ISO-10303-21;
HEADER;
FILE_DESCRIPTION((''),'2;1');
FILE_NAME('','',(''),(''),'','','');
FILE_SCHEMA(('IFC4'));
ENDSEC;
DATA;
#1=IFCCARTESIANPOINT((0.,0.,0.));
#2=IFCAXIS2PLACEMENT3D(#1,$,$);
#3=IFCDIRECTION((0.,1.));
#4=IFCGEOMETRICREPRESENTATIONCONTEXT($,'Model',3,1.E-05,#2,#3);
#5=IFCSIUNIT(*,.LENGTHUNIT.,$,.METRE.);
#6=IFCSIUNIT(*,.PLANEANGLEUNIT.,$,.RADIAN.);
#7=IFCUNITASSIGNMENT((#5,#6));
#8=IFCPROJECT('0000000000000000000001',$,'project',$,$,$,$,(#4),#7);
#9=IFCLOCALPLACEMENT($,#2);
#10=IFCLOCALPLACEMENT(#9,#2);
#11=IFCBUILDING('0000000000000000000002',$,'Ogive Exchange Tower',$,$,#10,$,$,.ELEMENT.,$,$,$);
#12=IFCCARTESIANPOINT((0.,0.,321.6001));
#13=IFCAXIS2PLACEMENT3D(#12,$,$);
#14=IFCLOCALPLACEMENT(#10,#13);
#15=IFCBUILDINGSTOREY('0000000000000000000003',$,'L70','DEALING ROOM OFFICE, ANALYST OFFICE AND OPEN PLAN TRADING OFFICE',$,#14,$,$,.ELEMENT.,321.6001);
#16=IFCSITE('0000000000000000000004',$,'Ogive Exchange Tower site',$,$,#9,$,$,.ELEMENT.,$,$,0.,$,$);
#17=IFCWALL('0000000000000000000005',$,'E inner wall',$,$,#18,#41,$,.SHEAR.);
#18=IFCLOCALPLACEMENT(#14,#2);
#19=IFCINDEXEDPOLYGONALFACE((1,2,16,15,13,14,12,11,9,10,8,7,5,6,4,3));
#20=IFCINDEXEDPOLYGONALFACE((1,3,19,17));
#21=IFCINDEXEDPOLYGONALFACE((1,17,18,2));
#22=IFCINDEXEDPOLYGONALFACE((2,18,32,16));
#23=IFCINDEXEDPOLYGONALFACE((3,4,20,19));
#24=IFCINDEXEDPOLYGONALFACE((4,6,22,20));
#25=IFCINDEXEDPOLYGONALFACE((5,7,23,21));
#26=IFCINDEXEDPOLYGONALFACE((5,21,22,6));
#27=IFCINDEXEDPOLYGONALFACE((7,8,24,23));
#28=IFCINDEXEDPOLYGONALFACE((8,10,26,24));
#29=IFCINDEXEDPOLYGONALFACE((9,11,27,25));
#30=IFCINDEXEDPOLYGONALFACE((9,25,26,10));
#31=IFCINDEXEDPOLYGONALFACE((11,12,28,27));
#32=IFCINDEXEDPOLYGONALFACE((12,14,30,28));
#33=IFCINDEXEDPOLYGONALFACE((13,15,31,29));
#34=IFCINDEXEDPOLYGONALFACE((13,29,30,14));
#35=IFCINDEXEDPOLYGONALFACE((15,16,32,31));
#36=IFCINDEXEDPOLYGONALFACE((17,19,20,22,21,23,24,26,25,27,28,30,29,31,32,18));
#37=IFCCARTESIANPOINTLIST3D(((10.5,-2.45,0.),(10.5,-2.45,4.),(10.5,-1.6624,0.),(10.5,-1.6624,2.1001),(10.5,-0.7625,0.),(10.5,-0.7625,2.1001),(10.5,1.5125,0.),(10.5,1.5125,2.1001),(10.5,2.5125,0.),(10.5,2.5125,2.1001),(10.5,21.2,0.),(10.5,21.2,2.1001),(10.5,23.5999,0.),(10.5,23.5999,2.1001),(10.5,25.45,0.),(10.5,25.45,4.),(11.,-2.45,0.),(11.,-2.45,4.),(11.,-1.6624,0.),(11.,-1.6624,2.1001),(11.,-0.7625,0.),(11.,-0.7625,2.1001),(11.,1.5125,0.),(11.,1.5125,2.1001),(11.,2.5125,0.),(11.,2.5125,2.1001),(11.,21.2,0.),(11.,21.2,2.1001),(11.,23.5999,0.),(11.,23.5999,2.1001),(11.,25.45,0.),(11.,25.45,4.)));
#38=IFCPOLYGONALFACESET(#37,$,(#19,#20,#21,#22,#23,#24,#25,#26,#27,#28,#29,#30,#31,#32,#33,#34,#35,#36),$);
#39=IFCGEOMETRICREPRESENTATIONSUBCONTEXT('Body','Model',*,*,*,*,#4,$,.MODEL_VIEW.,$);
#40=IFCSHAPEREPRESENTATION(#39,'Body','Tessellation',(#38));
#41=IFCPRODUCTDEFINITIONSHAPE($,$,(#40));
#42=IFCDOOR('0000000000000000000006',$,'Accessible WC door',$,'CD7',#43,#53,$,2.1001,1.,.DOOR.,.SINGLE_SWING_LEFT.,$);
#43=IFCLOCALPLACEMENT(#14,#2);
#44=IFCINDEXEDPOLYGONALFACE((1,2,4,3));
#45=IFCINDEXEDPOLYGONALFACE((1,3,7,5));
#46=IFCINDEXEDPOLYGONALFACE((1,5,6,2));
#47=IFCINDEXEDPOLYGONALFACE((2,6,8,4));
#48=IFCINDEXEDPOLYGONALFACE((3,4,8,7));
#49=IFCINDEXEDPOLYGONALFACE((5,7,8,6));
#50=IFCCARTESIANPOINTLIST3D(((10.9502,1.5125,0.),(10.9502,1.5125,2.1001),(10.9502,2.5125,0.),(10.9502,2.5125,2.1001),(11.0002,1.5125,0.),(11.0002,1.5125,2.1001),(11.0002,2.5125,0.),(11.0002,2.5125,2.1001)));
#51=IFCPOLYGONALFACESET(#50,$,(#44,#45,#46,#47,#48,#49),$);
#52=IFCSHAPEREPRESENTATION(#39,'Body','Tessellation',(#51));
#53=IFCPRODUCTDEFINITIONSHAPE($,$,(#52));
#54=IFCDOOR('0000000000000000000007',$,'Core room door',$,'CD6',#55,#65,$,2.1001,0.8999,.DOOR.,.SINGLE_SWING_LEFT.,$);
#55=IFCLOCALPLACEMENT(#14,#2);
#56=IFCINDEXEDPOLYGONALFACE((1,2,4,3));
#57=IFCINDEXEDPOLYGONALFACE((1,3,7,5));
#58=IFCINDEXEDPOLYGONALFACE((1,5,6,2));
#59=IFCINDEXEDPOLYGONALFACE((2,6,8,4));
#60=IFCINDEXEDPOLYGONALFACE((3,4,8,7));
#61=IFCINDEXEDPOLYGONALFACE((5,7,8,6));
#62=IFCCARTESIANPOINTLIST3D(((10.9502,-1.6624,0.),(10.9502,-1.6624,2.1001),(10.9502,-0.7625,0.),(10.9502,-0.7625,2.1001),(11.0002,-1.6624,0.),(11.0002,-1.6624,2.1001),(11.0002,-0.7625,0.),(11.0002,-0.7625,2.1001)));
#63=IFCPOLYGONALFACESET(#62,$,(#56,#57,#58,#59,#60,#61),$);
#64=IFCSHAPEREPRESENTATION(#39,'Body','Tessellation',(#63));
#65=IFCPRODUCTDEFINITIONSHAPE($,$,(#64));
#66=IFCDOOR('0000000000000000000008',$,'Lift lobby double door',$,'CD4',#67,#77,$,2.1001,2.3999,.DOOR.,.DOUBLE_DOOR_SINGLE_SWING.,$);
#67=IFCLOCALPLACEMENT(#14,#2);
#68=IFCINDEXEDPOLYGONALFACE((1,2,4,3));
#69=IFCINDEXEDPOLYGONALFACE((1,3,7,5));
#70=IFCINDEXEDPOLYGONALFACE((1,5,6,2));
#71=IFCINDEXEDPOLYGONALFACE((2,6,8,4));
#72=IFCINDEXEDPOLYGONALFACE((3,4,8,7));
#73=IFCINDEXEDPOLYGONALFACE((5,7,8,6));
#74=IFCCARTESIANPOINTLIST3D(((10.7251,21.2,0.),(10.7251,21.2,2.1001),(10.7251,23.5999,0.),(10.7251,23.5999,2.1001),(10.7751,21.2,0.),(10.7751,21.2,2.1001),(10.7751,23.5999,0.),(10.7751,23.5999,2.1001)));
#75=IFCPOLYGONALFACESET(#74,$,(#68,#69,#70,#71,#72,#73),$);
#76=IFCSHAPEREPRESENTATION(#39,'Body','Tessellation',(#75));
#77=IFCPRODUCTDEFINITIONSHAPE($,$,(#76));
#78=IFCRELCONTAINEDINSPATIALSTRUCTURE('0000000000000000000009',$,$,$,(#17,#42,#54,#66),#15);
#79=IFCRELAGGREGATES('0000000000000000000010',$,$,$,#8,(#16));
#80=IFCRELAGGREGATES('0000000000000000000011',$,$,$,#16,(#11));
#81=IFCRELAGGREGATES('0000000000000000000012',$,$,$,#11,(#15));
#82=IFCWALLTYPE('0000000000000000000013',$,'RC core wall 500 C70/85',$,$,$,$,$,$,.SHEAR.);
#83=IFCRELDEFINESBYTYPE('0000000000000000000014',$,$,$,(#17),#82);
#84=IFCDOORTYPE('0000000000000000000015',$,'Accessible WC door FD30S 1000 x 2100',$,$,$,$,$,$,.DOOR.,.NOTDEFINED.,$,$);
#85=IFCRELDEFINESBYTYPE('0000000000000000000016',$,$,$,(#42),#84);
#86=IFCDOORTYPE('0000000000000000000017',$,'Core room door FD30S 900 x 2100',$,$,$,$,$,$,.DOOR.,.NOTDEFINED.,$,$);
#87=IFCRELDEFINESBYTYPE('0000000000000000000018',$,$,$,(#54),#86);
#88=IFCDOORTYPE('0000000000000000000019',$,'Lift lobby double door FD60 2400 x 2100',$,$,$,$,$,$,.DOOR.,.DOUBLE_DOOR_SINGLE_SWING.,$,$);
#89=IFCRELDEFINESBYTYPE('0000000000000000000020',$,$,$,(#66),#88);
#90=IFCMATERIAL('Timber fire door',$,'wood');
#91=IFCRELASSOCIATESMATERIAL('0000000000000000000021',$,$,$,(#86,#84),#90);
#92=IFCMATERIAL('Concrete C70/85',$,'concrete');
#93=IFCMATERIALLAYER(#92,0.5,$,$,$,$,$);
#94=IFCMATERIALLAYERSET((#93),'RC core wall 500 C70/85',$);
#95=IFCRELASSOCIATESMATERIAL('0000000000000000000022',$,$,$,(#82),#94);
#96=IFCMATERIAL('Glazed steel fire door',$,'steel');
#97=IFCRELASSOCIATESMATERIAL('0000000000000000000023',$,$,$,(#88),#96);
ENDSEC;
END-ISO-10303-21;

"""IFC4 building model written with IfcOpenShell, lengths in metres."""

from ifc_helpers import new_model, si_unit, direction, frame, frame_2d, origin, place, context, subcontext, project, spatial, rectangle, extrude, material, layer, layer_set, type_object, element, fill, save


model = new_model("IFC4")

# Units and contexts
model_context = context("Model", 3, precision=1e-05, world=origin(), true_north=direction((0.0, 1.0)))
body_context = subcontext(model_context, "Body", "Model", "MODEL_VIEW")
ifc_project = project(units=[si_unit("LENGTHUNIT", "METRE"), si_unit("PLANEANGLEUNIT", "RADIAN")], contexts=[model_context])

# Site, building, storey
site_placement = place(None, origin())
site = spatial("IfcSite", under=ifc_project, at=site_placement, Name="Ogive Exchange Tower site", CompositionType="ELEMENT", RefElevation=0.0)
building_placement = place(site_placement, origin())
building = spatial("IfcBuilding", under=site, at=building_placement, Name="Ogive Exchange Tower", CompositionType="ELEMENT")
storey_placement = place(building_placement, frame((0.0, 0.0, 321.6001)))
storey = spatial("IfcBuildingStorey", under=building, at=storey_placement, Name="L70", Description="DEALING ROOM OFFICE, ANALYST OFFICE AND OPEN PLAN TRADING OFFICE", CompositionType="ELEMENT", Elevation=321.6001)

# Shared definitions
ifc_material_1 = material(Name="Concrete C70/85", Category="concrete")

# Shared definitions
ifc_material_2 = material(Name="Timber fire door", Category="wood")
door_type_1 = type_object("IfcDoorType", Name="Core room door FD30S 900 x 2100", OperationType="NOTDEFINED", PredefinedType="DOOR", material=ifc_material_2)

# Wall, openings, doors
ifc_layer_1 = layer(ifc_material_1, 0.5)
ifc_layer_set_1 = layer_set([ifc_layer_1], Name="RC core wall 500 C70/85")
wall_type_1 = type_object("IfcWallType", Name="RC core wall 500 C70/85", PredefinedType="SHEAR", material=ifc_layer_set_1)
wall_1_placement = place(storey_placement, frame((10.75, -2.45, 0.0), z_axis=(0.0, 0.0, 1.0), x_axis=(0.0, 1.0, 0.0)))
wall_1 = element("IfcWall", 1, at=wall_1_placement, inside=storey, type_object=wall_type_1, Name="E inner wall", PredefinedType="SHEAR", context=body_context, shape_type="SweptSolid", body=[
    extrude(rectangle(XDim=27.8999, YDim=0.5, at=frame_2d((13.95, 0.0))), origin(), (0.0, 0.0, 1.0), 4.0),
])
opening_1_placement = place(wall_1_placement, frame((23.6499, 0.0, 0.0)))
opening_1 = element("IfcOpeningElement", 2, at=opening_1_placement, cuts=wall_1, PredefinedType="OPENING", context=body_context, shape_type="SweptSolid", body=[
    extrude(rectangle(XDim=2.3999, YDim=2.1001, at=frame_2d((1.2, 1.05))), frame((0.0, 0.26, 0.0), z_axis=(0.0, -1.0, 0.0), x_axis=(1.0, 0.0, 0.0)), (0.0, 0.0, 1.0), 0.52),
])
opening_2_placement = place(wall_1_placement, frame((0.7876, 0.0, 0.0)))
opening_2 = element("IfcOpeningElement", 3, at=opening_2_placement, cuts=wall_1, PredefinedType="OPENING", context=body_context, shape_type="SweptSolid", body=[
    extrude(rectangle(XDim=0.8999, YDim=2.1001, at=frame_2d((0.45, 1.05))), frame((0.0, 0.26, 0.0), z_axis=(0.0, -1.0, 0.0), x_axis=(1.0, 0.0, 0.0)), (0.0, 0.0, 1.0), 0.52),
])
opening_3_placement = place(wall_1_placement, frame((3.9624, 0.0, 0.0)))
opening_3 = element("IfcOpeningElement", 4, at=opening_3_placement, cuts=wall_1, PredefinedType="OPENING", context=body_context, shape_type="SweptSolid", body=[
    extrude(rectangle(XDim=1.0, YDim=2.1001, at=frame_2d((0.5, 1.05))), frame((0.0, 0.26, 0.0), z_axis=(0.0, -1.0, 0.0), x_axis=(1.0, 0.0, 0.0)), (0.0, 0.0, 1.0), 0.52),
])
door_type_2 = type_object("IfcDoorType", Name="Accessible WC door FD30S 1000 x 2100", OperationType="NOTDEFINED", PredefinedType="DOOR", material=ifc_material_2)
door_1_placement = place(opening_3_placement, origin())
door_1 = element("IfcDoor", 5, at=door_1_placement, inside=storey, type_object=door_type_2, Name="Accessible WC door", ObjectType="CD7", OperationType="SINGLE_SWING_LEFT", OverallHeight=2.1001, OverallWidth=1.0, PredefinedType="DOOR", context=body_context, shape_type="SweptSolid", body=[
    extrude(rectangle(XDim=1.0, YDim=2.1001, at=frame_2d((0.5, 1.05))), frame((0.0, -0.2002, 0.0), z_axis=(0.0, -1.0, 0.0), x_axis=(1.0, 0.0, 0.0)), (0.0, 0.0, 1.0), 0.05),
])
fill(opening_3, door_1)
door_2_placement = place(opening_2_placement, origin())
door_2 = element("IfcDoor", 6, at=door_2_placement, inside=storey, type_object=door_type_1, Name="Core room door", ObjectType="CD6", OperationType="SINGLE_SWING_LEFT", OverallHeight=2.1001, OverallWidth=0.8999, PredefinedType="DOOR", context=body_context, shape_type="SweptSolid", body=[
    extrude(rectangle(XDim=0.8999, YDim=2.1001, at=frame_2d((0.45, 1.05))), frame((0.0, -0.2002, 0.0), z_axis=(0.0, -1.0, 0.0), x_axis=(1.0, 0.0, 0.0)), (0.0, 0.0, 1.0), 0.05),
])
fill(opening_2, door_2)
ifc_material_3 = material(Name="Glazed steel fire door", Category="steel")
door_type_3 = type_object("IfcDoorType", Name="Lift lobby double door FD60 2400 x 2100", OperationType="DOUBLE_DOOR_SINGLE_SWING", PredefinedType="DOOR", material=ifc_material_3)
door_3_placement = place(opening_1_placement, origin())
door_3 = element("IfcDoor", 7, at=door_3_placement, inside=storey, type_object=door_type_3, Name="Lift lobby double door", ObjectType="CD4", OperationType="DOUBLE_DOOR_SINGLE_SWING", OverallHeight=2.1001, OverallWidth=2.3999, PredefinedType="DOOR", context=body_context, shape_type="SweptSolid", body=[
    extrude(rectangle(XDim=2.3999, YDim=2.1001, at=frame_2d((1.2, 1.05))), frame((0.0, 0.0249, 0.0), z_axis=(0.0, -1.0, 0.0), x_axis=(1.0, 0.0, 0.0)), (0.0, 0.0, 1.0), 0.05),
])
fill(opening_1, door_3)

save(model, "model.ifc")
